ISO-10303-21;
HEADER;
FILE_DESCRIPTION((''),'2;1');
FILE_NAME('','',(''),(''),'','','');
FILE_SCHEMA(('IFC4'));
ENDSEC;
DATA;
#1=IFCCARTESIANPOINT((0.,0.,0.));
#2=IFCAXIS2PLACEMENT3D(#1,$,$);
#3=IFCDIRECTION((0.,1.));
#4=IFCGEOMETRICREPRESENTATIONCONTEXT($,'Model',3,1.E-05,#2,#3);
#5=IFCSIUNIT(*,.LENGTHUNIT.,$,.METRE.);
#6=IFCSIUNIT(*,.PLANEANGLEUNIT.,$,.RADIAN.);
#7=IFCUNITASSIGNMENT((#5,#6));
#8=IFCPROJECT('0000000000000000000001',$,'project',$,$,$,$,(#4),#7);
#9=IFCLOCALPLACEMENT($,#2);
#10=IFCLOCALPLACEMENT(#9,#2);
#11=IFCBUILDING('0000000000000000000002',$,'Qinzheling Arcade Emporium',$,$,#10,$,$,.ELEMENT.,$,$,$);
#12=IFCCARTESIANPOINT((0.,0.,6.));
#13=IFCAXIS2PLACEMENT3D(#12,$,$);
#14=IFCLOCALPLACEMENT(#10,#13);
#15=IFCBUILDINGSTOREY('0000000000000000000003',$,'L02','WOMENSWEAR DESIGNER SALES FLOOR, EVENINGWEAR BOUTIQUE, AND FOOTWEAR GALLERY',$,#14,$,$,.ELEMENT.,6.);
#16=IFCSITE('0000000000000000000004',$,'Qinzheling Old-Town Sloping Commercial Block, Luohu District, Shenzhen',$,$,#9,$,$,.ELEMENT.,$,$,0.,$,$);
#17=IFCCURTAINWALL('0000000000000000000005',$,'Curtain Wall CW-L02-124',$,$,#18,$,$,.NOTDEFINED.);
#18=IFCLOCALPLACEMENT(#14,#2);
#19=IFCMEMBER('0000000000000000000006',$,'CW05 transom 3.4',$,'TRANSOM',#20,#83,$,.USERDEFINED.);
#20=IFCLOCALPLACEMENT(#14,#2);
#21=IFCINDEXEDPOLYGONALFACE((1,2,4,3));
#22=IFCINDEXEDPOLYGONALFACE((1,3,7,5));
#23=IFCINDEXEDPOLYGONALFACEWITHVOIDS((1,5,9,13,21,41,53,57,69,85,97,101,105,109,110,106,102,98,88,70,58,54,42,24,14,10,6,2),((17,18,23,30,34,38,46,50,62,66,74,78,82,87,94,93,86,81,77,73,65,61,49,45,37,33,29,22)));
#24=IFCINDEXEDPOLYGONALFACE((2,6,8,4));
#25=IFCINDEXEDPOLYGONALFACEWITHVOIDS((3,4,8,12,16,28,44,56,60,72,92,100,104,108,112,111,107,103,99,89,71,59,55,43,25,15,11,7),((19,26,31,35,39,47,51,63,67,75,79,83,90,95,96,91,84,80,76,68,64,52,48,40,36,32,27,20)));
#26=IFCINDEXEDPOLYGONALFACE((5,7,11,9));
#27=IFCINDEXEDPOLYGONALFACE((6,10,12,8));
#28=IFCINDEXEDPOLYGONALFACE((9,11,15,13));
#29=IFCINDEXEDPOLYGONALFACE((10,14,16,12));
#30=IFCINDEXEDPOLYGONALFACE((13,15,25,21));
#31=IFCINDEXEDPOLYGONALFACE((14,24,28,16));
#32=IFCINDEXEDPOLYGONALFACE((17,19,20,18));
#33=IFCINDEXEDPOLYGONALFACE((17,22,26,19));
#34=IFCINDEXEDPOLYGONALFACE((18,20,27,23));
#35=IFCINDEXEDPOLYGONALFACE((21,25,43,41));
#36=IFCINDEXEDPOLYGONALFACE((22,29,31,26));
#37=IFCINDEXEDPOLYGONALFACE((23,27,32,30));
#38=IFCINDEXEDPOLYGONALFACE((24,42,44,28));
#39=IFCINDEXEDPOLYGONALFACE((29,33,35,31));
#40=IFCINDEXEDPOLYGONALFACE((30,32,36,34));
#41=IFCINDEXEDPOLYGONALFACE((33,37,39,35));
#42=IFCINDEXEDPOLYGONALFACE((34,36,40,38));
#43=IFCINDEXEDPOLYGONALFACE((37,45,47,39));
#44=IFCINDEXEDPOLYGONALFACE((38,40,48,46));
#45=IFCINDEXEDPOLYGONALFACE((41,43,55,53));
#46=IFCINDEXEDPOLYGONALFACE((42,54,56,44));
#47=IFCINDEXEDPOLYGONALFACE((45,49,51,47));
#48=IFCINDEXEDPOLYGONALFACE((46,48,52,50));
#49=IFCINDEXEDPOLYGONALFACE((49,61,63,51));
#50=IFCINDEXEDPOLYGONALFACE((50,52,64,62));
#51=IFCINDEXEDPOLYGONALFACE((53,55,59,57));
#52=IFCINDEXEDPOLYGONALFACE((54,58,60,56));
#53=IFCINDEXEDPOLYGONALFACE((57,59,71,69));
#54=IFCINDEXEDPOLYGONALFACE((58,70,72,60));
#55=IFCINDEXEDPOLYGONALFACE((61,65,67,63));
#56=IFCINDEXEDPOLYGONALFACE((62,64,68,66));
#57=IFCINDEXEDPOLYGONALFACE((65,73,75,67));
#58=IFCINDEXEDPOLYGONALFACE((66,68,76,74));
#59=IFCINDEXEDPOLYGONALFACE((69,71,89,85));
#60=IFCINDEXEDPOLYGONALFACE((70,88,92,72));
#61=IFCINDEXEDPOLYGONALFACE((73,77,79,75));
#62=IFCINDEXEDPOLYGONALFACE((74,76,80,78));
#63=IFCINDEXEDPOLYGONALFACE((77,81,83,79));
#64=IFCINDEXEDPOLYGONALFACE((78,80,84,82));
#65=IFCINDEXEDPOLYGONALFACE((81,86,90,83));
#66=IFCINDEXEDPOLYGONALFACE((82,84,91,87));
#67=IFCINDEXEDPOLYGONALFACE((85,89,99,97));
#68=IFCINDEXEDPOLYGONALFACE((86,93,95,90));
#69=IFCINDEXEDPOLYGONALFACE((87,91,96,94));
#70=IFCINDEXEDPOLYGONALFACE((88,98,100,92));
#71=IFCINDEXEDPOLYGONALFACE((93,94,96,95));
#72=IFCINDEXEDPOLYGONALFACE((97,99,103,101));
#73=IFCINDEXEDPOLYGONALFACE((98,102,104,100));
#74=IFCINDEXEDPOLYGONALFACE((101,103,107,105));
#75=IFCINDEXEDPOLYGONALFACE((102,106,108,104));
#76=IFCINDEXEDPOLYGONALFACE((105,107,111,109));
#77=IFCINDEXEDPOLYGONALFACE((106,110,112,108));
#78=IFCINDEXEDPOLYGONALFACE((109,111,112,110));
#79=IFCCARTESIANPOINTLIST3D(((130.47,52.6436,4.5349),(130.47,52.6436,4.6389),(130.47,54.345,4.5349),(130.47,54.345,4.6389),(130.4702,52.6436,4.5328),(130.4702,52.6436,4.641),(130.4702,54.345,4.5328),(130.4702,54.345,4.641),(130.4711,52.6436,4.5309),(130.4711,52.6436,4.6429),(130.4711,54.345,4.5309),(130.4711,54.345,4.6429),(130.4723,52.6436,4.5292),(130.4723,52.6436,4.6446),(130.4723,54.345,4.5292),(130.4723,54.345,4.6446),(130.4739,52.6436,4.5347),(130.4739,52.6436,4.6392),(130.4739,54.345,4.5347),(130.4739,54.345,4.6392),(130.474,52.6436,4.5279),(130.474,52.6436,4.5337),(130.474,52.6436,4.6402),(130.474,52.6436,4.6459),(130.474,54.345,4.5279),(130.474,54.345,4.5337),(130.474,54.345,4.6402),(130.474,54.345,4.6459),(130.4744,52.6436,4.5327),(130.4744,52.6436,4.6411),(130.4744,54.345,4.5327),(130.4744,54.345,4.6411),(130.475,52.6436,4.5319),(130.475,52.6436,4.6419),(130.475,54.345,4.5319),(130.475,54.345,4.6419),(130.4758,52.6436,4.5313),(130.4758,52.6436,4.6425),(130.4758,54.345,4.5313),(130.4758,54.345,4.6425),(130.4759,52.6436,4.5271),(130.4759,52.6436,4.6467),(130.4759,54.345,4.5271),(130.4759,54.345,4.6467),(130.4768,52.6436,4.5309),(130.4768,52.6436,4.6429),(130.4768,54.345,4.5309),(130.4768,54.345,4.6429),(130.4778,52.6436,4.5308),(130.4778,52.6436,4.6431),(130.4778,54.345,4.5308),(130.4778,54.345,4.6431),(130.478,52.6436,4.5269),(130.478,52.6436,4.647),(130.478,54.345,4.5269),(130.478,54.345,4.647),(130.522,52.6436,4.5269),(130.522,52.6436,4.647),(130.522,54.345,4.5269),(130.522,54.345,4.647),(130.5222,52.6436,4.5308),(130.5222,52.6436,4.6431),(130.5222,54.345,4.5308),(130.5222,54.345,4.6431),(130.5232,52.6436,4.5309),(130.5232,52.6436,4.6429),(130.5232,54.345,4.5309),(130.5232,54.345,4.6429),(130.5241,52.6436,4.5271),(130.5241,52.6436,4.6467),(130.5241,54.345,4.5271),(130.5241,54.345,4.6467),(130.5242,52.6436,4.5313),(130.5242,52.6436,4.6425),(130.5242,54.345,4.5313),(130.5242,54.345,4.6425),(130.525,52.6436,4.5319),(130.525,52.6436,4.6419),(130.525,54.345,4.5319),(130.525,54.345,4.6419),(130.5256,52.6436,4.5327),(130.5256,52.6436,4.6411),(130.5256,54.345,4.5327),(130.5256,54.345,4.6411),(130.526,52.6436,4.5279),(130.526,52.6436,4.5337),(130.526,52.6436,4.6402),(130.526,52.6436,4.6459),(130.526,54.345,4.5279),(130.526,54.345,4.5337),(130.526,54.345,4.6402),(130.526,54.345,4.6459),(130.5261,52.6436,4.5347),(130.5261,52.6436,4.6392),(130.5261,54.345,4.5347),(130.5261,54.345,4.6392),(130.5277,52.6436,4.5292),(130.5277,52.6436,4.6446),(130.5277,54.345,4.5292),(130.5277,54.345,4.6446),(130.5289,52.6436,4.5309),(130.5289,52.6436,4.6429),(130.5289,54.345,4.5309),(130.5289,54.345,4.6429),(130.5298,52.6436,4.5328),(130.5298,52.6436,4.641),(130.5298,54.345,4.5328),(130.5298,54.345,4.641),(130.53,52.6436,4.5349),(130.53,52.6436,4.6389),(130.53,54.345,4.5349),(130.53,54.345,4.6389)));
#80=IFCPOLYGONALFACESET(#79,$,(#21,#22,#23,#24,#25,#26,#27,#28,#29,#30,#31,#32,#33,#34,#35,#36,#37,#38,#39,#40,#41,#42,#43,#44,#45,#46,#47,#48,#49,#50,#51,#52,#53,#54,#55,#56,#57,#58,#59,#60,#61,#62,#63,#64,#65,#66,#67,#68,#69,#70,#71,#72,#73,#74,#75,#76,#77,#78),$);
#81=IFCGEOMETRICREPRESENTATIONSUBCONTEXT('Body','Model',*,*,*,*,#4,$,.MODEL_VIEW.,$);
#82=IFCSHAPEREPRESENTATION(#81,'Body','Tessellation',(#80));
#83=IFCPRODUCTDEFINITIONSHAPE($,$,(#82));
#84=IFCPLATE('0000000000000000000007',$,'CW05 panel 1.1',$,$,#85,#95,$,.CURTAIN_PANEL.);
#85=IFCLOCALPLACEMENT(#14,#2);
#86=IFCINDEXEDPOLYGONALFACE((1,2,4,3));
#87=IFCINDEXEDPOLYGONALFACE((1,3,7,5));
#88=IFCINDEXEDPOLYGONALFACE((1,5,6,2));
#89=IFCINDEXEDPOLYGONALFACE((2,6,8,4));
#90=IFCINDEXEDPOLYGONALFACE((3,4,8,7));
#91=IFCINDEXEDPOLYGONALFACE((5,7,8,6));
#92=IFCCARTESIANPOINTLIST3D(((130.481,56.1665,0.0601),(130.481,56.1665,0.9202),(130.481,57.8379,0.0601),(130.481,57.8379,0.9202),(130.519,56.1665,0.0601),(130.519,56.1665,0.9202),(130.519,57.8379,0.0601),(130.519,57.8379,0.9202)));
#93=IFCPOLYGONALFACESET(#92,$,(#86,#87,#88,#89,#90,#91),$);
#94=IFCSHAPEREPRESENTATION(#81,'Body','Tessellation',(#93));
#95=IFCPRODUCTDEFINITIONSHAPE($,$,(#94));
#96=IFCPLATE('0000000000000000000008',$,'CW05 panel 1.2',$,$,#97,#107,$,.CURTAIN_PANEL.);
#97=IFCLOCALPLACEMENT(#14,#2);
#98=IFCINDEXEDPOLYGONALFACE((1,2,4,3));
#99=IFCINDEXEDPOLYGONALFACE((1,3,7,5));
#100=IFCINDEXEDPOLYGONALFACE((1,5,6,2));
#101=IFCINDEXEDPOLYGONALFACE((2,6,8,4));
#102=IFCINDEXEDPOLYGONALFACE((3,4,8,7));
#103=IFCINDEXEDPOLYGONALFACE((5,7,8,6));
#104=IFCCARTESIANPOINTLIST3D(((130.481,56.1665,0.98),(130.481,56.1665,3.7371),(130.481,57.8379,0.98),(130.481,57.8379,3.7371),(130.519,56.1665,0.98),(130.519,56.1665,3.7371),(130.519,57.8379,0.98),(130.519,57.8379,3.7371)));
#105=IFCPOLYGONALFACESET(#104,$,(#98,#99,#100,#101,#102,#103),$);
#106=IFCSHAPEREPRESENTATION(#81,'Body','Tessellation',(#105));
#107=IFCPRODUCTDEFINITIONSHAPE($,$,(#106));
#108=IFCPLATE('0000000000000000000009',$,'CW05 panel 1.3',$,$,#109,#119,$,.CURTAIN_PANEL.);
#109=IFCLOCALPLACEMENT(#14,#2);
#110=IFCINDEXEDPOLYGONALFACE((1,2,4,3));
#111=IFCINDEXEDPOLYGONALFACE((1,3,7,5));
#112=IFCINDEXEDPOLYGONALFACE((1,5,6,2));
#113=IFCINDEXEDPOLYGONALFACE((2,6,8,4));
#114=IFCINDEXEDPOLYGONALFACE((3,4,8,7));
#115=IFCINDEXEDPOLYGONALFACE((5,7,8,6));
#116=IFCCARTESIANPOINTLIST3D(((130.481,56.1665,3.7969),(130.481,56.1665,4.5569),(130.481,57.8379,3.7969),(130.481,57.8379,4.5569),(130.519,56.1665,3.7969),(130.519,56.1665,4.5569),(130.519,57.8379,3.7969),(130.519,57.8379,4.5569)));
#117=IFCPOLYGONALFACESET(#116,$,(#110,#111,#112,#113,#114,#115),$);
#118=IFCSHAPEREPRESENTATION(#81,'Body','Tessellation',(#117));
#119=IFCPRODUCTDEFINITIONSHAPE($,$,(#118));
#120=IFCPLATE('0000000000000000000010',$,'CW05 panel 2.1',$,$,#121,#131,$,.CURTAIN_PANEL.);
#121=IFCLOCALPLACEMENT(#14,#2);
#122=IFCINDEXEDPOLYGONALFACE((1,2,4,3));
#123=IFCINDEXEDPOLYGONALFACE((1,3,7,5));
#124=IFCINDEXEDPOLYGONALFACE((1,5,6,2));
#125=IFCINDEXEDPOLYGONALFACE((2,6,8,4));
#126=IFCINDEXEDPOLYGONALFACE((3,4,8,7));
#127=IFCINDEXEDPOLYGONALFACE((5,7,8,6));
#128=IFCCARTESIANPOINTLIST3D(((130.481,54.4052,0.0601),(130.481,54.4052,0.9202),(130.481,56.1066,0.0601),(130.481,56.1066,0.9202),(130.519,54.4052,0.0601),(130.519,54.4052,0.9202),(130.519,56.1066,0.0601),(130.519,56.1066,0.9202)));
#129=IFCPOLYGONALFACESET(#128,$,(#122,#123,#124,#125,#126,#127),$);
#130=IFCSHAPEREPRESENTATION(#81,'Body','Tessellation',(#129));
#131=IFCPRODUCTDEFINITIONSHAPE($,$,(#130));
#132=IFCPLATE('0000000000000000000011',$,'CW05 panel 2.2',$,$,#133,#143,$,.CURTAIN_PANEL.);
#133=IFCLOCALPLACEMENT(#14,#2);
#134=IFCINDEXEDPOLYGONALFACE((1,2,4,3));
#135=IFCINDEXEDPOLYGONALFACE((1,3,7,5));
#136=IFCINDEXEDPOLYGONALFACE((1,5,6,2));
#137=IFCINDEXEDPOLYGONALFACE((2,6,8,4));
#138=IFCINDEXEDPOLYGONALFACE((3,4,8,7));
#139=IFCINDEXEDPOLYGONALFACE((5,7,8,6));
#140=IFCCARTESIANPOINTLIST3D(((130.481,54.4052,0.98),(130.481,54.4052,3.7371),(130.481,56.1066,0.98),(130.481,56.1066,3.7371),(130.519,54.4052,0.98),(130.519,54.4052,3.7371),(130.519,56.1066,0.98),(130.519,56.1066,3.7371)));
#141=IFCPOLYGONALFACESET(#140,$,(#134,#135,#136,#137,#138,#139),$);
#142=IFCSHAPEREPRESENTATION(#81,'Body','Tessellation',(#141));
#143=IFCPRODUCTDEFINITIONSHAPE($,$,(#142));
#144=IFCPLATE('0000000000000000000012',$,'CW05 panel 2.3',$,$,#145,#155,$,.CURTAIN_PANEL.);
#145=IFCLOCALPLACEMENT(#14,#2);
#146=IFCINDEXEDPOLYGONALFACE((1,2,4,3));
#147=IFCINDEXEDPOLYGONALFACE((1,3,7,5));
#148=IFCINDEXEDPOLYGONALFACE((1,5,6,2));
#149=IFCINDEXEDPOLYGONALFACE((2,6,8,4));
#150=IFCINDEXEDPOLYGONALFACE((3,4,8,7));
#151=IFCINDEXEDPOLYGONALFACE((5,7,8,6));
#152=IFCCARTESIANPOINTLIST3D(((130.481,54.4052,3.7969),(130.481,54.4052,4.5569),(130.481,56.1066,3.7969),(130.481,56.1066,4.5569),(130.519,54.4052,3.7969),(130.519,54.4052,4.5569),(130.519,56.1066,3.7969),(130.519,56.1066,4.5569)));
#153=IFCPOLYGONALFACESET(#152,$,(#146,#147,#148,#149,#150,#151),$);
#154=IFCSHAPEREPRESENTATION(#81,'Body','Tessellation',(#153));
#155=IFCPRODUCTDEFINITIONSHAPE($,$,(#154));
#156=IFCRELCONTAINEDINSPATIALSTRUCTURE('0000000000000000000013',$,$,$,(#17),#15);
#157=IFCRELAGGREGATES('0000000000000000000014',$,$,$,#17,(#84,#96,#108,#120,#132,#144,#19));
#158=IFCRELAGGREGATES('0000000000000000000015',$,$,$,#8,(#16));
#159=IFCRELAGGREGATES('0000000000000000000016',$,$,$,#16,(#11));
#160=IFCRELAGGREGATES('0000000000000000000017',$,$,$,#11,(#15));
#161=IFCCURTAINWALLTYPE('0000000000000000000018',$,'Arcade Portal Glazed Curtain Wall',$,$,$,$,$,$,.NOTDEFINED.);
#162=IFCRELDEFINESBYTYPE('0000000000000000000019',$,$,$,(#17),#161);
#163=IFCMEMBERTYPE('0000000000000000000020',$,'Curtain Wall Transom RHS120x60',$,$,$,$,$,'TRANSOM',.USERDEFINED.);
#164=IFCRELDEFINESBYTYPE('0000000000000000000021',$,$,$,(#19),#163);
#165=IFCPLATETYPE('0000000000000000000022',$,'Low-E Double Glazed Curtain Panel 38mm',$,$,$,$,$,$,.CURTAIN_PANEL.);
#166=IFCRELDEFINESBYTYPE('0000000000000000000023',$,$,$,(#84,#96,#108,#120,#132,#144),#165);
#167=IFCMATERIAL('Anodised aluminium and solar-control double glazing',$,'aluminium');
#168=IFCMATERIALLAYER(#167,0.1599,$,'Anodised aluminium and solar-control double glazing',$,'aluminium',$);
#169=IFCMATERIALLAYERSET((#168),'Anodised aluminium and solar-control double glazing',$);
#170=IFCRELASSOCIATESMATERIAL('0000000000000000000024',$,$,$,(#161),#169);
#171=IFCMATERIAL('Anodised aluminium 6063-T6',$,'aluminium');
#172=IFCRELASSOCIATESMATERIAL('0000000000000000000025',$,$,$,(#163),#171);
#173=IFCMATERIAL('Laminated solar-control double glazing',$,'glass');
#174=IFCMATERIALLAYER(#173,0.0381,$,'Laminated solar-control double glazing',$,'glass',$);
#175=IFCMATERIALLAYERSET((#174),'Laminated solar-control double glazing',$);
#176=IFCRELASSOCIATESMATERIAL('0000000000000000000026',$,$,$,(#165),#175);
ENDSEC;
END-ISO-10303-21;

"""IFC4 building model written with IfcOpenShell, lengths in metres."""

from ifc_helpers import new_model, si_unit, direction, frame, origin, origin_2d, place, context, subcontext, project, spatial, rectangle, hollow_rectangle, extrude, material, layer, layer_set, material_profile, profile_set, type_object, element, aggregate, save


model = new_model("IFC4")

# Units and contexts
model_context = context("Model", 3, precision=1e-05, world=origin(), true_north=direction((0.0, 1.0)))
body_context = subcontext(model_context, "Body", "Model", "MODEL_VIEW")
ifc_project = project(units=[si_unit("LENGTHUNIT", "METRE"), si_unit("PLANEANGLEUNIT", "RADIAN")], contexts=[model_context])

# Site, building, storey
site_placement = place(None, origin())
site = spatial("IfcSite", under=ifc_project, at=site_placement, Name="Qinzheling Old-Town Sloping Commercial Block, Luohu District, Shenzhen", CompositionType="ELEMENT", RefElevation=0.0)
building_placement = place(site_placement, origin())
building = spatial("IfcBuilding", under=site, at=building_placement, Name="Qinzheling Arcade Emporium", CompositionType="ELEMENT")
storey_placement = place(building_placement, frame((0.0, 0.0, 6.0)))
storey = spatial("IfcBuildingStorey", under=building, at=storey_placement, Name="L02", Description="WOMENSWEAR DESIGNER SALES FLOOR, EVENINGWEAR BOUTIQUE, AND FOOTWEAR GALLERY", CompositionType="ELEMENT", Elevation=6.0)

# Shared definitions
ifc_material_1 = material(Name="Anodised aluminium and solar-control double glazing", Category="aluminium")
ifc_layer_1 = layer(ifc_material_1, 0.1599, Name="Anodised aluminium and solar-control double glazing", Category="aluminium")
ifc_layer_set_1 = layer_set([ifc_layer_1], Name="Anodised aluminium and solar-control double glazing")
curtain_wall_type = type_object("IfcCurtainWallType", Name="Arcade Portal Glazed Curtain Wall", PredefinedType="NOTDEFINED", material=ifc_layer_set_1)
ifc_material_2 = material(Name="Anodised aluminium 6063-T6", Category="aluminium")

# Curtain wall, member, plates
curtain_wall_1_placement = place(storey_placement, origin())
curtain_wall_1 = element("IfcCurtainWall", 1, at=curtain_wall_1_placement, inside=storey, type_object=curtain_wall_type, Name="Curtain Wall CW-L02-124", PredefinedType="NOTDEFINED")
ifc_material_profile_1 = material_profile(ifc_material_2, hollow_rectangle(XDim=0.0601, YDim=0.1201, WallThickness=0.0039, InnerFilletRadius=0.0039, OuterFilletRadius=0.0081, at=origin_2d()), Name="RHS 120x60x4", Category="aluminium")
ifc_profile_set_1 = profile_set([ifc_material_profile_1], Name="Anodised aluminium 6063-T6")
member_type_1 = type_object("IfcMemberType", Name="Curtain Wall Transom RHS120x60", ElementType="TRANSOM", PredefinedType="USERDEFINED", material=ifc_profile_set_1)
member_1_placement = place(storey_placement, frame((130.5, 54.345, 4.5869), z_axis=(0.0, -1.0, 0.0), x_axis=(1.0, 0.0, 0.0)))
member_1 = element("IfcMember", 2, at=member_1_placement, type_object=member_type_1, Name="CW05 transom 3.4", ObjectType="TRANSOM", PredefinedType="USERDEFINED", context=body_context, shape_type="SweptSolid", body=[
    extrude(hollow_rectangle(XDim=0.0601, YDim=0.1201, WallThickness=0.0039, InnerFilletRadius=0.0039, OuterFilletRadius=0.0081, at=origin_2d()), origin(), (0.0, 0.0, 1.0), 1.7014),
])
ifc_material_3 = material(Name="Laminated solar-control double glazing", Category="glass")
ifc_layer_2 = layer(ifc_material_3, 0.0381, Name="Laminated solar-control double glazing", Category="glass")
ifc_layer_set_2 = layer_set([ifc_layer_2], Name="Laminated solar-control double glazing")
plate_type = type_object("IfcPlateType", Name="Low-E Double Glazed Curtain Panel 38mm", PredefinedType="CURTAIN_PANEL", material=ifc_layer_set_2)
plate_1_placement = place(storey_placement, frame((130.5, 57.0022, 0.0601), z_axis=(0.0, 0.0, 1.0), x_axis=(0.0, -1.0, 0.0)))
plate_1 = element("IfcPlate", 3, at=plate_1_placement, type_object=plate_type, Name="CW05 panel 1.1", PredefinedType="CURTAIN_PANEL", context=body_context, shape_type="SweptSolid", body=[
    extrude(rectangle(XDim=1.6714, YDim=0.0381, at=origin_2d()), origin(), (0.0, 0.0, 1.0), 0.8601),
])
plate_2_placement = place(storey_placement, frame((130.5, 57.0022, 0.98), z_axis=(0.0, 0.0, 1.0), x_axis=(0.0, -1.0, 0.0)))
plate_2 = element("IfcPlate", 4, at=plate_2_placement, type_object=plate_type, Name="CW05 panel 1.2", PredefinedType="CURTAIN_PANEL", context=body_context, shape_type="SweptSolid", body=[
    extrude(rectangle(XDim=1.6714, YDim=0.0381, at=origin_2d()), origin(), (0.0, 0.0, 1.0), 2.7571),
])
plate_3_placement = place(storey_placement, frame((130.5, 57.0022, 3.7969), z_axis=(0.0, 0.0, 1.0), x_axis=(0.0, -1.0, 0.0)))
plate_3 = element("IfcPlate", 5, at=plate_3_placement, type_object=plate_type, Name="CW05 panel 1.3", PredefinedType="CURTAIN_PANEL", context=body_context, shape_type="SweptSolid", body=[
    extrude(rectangle(XDim=1.6714, YDim=0.0381, at=origin_2d()), origin(), (0.0, 0.0, 1.0), 0.76),
])
plate_4_placement = place(storey_placement, frame((130.5, 55.2559, 0.0601), z_axis=(0.0, 0.0, 1.0), x_axis=(0.0, -1.0, 0.0)))
plate_4 = element("IfcPlate", 6, at=plate_4_placement, type_object=plate_type, Name="CW05 panel 2.1", PredefinedType="CURTAIN_PANEL", context=body_context, shape_type="SweptSolid", body=[
    extrude(rectangle(XDim=1.7014, YDim=0.0381, at=origin_2d()), origin(), (0.0, 0.0, 1.0), 0.8601),
])
plate_5_placement = place(storey_placement, frame((130.5, 55.2559, 0.98), z_axis=(0.0, 0.0, 1.0), x_axis=(0.0, -1.0, 0.0)))
plate_5 = element("IfcPlate", 7, at=plate_5_placement, type_object=plate_type, Name="CW05 panel 2.2", PredefinedType="CURTAIN_PANEL", context=body_context, shape_type="SweptSolid", body=[
    extrude(rectangle(XDim=1.7014, YDim=0.0381, at=origin_2d()), origin(), (0.0, 0.0, 1.0), 2.7571),
])
plate_6_placement = place(storey_placement, frame((130.5, 55.2559, 3.7969), z_axis=(0.0, 0.0, 1.0), x_axis=(0.0, -1.0, 0.0)))
plate_6 = element("IfcPlate", 8, at=plate_6_placement, type_object=plate_type, Name="CW05 panel 2.3", PredefinedType="CURTAIN_PANEL", context=body_context, shape_type="SweptSolid", body=[
    extrude(rectangle(XDim=1.7014, YDim=0.0381, at=origin_2d()), origin(), (0.0, 0.0, 1.0), 0.76),
])
aggregate(curtain_wall_1, [plate_1, plate_2, plate_3, plate_4, plate_5, plate_6, member_1])

save(model, "model.ifc")
